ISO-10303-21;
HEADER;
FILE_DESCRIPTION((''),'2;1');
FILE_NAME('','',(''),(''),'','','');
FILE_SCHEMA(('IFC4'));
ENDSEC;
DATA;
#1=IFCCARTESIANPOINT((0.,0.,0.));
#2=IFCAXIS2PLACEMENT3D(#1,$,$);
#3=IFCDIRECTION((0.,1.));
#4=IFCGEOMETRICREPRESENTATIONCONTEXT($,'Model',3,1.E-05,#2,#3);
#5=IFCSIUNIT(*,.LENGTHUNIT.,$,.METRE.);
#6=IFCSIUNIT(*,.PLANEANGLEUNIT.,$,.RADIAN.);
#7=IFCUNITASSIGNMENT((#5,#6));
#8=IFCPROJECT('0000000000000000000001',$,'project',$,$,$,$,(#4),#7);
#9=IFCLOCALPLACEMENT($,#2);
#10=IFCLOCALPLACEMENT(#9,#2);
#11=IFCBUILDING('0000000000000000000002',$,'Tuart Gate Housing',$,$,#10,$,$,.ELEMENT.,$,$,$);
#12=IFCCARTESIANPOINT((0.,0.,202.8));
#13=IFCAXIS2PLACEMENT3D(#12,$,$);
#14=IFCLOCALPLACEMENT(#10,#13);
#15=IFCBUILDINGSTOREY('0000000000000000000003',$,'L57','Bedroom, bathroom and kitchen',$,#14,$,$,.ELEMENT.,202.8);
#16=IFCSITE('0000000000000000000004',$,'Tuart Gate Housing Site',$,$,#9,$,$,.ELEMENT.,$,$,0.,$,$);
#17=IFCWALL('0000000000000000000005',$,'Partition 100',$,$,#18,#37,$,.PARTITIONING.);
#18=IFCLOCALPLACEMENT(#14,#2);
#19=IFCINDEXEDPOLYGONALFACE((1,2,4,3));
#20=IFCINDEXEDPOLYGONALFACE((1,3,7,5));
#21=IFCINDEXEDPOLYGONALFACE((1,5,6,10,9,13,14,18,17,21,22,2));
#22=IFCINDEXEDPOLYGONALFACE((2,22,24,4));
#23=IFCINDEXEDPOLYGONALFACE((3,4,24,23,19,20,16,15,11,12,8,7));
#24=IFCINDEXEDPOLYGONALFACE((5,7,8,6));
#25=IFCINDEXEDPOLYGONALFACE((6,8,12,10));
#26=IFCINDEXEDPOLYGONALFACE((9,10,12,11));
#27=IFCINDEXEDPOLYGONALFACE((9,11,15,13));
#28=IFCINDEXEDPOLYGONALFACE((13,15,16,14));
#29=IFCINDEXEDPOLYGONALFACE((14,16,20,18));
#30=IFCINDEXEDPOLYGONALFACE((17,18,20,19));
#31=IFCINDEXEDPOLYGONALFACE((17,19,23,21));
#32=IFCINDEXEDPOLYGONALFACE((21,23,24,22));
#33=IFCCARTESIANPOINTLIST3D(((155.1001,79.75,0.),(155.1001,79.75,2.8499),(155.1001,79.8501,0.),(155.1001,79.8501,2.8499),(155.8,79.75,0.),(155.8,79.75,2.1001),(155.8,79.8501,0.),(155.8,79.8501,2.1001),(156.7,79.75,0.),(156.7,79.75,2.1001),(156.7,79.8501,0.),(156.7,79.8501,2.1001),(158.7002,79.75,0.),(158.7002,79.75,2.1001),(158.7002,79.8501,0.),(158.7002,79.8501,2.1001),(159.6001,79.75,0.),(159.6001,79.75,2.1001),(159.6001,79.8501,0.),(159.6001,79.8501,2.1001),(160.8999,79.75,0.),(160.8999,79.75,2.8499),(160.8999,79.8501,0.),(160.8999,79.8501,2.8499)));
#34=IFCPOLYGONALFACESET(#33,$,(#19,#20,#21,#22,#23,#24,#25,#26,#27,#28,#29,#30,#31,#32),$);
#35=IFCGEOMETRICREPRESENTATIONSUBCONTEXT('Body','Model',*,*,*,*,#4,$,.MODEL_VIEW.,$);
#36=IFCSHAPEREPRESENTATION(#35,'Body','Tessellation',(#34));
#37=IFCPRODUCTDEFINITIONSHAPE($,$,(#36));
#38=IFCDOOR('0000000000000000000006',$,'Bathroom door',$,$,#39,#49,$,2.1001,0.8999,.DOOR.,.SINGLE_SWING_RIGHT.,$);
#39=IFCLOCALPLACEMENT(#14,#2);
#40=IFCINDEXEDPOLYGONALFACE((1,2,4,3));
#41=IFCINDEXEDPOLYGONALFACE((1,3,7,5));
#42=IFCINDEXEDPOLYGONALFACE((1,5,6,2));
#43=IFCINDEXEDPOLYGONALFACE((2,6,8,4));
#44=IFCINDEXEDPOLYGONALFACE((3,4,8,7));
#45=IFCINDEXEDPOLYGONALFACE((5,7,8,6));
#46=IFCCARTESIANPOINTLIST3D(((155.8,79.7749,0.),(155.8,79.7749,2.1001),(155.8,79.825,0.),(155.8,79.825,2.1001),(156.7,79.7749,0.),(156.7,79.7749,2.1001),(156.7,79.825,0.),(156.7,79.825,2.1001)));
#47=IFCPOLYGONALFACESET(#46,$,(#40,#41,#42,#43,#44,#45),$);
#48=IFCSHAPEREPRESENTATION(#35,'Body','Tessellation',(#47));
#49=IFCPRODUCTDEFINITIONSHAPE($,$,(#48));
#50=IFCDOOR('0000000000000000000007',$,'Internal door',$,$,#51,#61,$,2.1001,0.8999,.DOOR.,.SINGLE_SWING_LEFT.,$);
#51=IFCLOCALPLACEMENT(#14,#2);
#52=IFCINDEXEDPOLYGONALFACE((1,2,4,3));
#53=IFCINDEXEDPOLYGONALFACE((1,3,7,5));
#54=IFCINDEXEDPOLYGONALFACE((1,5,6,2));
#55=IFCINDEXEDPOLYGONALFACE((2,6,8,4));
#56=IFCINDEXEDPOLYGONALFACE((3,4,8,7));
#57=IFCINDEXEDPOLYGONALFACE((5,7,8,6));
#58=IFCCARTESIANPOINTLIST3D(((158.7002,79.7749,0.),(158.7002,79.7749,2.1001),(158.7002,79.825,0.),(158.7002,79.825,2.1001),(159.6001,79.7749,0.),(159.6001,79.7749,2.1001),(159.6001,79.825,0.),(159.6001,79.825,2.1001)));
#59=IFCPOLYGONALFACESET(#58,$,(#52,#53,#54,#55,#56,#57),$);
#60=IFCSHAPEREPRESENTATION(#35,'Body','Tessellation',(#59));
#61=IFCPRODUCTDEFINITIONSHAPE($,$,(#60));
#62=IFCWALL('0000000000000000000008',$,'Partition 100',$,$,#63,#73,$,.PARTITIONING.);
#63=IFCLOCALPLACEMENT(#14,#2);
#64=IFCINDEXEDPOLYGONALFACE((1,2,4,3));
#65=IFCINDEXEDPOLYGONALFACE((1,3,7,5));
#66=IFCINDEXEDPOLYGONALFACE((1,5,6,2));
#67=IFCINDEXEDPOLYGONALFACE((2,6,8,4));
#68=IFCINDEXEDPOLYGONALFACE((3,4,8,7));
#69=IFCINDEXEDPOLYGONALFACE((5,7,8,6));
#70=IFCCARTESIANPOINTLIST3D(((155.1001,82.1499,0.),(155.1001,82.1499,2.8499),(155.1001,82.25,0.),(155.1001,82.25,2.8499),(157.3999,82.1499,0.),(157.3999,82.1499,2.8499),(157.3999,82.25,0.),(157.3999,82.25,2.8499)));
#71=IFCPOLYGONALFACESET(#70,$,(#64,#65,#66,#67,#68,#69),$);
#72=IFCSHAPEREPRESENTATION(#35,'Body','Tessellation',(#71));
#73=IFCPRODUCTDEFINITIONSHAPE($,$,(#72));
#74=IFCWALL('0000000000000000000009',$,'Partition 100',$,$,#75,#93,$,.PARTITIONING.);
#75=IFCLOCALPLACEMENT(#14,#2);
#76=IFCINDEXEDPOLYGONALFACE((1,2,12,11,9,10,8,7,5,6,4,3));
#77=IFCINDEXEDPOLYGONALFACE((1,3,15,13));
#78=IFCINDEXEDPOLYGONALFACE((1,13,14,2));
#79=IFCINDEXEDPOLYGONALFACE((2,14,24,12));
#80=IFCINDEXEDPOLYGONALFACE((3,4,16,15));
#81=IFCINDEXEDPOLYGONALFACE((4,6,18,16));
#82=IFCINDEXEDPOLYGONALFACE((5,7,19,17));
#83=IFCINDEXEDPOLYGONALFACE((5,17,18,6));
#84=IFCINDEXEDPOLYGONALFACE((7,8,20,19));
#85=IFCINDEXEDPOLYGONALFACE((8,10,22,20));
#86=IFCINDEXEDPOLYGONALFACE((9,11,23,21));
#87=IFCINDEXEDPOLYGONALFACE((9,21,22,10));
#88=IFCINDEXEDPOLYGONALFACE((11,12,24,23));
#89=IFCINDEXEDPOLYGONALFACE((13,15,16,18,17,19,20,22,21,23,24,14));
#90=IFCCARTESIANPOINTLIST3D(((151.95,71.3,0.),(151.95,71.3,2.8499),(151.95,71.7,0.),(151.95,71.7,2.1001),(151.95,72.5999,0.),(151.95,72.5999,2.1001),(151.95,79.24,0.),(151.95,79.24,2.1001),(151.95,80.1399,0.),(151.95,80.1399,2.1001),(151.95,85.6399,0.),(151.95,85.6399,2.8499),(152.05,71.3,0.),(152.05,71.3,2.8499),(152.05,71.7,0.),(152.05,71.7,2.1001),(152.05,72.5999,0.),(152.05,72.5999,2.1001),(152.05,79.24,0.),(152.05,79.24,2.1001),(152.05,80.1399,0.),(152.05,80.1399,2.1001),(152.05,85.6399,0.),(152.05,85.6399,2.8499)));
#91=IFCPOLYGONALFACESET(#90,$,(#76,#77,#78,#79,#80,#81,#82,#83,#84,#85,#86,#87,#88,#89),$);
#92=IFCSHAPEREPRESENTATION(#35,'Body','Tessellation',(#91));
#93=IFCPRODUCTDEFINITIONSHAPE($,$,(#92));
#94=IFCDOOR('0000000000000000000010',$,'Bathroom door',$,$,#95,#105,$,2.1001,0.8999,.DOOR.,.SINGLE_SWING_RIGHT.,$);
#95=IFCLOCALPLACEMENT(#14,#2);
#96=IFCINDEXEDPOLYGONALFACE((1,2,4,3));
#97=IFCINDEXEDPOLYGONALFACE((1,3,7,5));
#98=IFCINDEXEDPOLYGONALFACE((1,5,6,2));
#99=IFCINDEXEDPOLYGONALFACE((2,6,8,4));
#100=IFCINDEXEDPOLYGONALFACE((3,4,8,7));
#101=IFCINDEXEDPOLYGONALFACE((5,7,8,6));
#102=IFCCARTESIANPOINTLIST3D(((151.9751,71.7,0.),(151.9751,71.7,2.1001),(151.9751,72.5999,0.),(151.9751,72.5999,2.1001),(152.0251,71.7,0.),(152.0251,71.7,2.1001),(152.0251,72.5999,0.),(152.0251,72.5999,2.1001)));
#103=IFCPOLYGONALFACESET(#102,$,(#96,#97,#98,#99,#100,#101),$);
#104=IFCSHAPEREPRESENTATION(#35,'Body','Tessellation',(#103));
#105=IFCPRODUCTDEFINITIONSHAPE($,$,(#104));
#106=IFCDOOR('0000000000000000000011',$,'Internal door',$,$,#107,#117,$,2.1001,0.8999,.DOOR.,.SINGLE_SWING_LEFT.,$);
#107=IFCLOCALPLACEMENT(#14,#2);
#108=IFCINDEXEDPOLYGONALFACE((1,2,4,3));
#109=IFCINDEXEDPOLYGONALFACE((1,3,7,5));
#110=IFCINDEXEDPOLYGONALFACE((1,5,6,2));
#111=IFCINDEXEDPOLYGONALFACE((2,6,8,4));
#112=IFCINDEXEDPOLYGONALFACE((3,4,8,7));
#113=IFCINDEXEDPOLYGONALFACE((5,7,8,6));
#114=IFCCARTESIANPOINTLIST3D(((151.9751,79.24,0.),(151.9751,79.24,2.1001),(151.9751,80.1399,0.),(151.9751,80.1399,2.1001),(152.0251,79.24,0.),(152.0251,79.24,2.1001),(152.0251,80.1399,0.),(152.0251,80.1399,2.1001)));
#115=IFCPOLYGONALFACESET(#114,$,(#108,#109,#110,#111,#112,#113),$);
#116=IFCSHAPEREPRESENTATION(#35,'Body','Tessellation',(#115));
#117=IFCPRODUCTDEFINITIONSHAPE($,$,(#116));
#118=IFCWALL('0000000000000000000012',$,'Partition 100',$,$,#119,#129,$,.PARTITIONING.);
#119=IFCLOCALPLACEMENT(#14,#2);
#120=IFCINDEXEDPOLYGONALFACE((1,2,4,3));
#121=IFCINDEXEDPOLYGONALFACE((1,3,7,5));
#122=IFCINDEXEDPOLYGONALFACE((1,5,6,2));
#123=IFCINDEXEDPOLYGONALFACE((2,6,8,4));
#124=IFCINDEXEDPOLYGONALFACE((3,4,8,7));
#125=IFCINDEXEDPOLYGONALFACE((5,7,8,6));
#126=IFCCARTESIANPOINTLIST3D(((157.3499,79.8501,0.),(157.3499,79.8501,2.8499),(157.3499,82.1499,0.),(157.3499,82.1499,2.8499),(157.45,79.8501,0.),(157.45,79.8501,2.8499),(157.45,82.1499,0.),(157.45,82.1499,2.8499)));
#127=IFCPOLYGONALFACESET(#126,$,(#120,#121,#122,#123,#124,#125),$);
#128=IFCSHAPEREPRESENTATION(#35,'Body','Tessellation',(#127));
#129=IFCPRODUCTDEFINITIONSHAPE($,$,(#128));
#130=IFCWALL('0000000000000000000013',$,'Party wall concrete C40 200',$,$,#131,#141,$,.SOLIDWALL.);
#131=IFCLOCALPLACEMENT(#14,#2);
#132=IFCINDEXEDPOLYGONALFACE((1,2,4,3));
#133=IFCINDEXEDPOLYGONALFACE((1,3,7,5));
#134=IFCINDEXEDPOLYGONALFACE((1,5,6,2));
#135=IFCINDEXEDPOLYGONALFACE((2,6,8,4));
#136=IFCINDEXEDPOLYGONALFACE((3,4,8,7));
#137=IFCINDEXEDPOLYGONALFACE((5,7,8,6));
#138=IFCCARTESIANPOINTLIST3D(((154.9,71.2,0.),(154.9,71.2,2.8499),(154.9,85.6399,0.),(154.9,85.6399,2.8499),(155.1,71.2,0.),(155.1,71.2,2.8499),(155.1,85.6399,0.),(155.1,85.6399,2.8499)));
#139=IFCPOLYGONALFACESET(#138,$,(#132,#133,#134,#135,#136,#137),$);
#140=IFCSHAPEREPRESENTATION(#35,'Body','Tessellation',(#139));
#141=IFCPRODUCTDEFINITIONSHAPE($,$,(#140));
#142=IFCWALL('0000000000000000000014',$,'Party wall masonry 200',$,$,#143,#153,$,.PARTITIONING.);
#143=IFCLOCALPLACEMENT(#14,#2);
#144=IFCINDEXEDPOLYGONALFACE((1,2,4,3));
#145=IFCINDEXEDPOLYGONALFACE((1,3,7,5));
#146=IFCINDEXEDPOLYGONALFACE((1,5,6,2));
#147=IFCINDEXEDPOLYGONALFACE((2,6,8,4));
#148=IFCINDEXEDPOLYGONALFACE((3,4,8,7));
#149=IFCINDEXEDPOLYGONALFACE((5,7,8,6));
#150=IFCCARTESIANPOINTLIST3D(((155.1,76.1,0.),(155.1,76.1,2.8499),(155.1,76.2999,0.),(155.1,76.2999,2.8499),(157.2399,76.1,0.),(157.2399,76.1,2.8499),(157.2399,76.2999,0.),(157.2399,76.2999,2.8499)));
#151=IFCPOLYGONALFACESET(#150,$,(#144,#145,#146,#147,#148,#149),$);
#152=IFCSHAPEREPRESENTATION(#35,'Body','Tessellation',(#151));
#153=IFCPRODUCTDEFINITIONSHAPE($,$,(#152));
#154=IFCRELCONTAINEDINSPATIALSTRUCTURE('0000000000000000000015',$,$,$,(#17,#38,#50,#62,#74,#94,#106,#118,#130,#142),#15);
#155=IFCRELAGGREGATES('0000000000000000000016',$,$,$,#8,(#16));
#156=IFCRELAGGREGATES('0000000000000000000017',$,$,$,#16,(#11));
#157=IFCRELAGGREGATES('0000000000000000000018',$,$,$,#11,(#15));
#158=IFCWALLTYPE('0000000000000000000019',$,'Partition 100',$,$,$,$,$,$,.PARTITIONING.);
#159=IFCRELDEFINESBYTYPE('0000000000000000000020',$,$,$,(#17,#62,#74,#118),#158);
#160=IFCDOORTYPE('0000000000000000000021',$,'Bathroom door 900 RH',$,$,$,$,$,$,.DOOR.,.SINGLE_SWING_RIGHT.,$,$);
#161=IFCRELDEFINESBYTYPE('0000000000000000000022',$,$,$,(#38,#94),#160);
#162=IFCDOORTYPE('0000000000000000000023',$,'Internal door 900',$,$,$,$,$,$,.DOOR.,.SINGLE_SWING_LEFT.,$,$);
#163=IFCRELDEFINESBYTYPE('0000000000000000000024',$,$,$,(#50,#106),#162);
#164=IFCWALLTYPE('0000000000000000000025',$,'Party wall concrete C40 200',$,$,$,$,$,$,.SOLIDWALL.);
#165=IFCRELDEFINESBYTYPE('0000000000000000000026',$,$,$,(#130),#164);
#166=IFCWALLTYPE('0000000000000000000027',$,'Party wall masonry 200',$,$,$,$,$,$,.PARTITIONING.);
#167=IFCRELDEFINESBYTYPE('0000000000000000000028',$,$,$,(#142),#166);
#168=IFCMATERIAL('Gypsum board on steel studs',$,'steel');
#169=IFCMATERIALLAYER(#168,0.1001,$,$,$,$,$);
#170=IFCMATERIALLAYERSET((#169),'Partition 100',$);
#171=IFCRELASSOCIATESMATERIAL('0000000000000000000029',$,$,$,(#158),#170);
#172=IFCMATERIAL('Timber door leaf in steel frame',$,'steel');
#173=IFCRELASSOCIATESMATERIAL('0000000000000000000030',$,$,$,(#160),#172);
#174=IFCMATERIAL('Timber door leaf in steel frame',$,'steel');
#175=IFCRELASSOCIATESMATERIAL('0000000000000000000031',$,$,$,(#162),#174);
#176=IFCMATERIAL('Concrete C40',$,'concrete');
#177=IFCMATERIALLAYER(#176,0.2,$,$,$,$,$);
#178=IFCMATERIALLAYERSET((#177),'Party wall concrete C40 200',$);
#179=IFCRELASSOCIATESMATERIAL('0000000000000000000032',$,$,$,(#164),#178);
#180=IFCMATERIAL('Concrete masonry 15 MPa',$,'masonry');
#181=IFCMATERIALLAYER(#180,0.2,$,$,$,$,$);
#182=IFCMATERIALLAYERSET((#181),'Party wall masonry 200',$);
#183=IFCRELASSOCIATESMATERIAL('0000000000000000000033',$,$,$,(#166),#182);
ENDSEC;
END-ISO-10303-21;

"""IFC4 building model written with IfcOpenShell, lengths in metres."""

from ifc_helpers import new_model, si_unit, direction, frame, frame_2d, origin, place, context, subcontext, project, spatial, rectangle, extrude, material, layer, layer_set, type_object, element, fill, save


model = new_model("IFC4")

# Units and contexts
model_context = context("Model", 3, precision=1e-05, world=origin(), true_north=direction((0.0, 1.0)))
body_context = subcontext(model_context, "Body", "Model", "MODEL_VIEW")
ifc_project = project(units=[si_unit("LENGTHUNIT", "METRE"), si_unit("PLANEANGLEUNIT", "RADIAN")], contexts=[model_context])

# Site, building, storey
site_placement = place(None, origin())
site = spatial("IfcSite", under=ifc_project, at=site_placement, Name="Tuart Gate Housing Site", CompositionType="ELEMENT", RefElevation=0.0)
building_placement = place(site_placement, origin())
building = spatial("IfcBuilding", under=site, at=building_placement, Name="Tuart Gate Housing", CompositionType="ELEMENT")
storey_placement = place(building_placement, frame((0.0, 0.0, 202.8)))
storey = spatial("IfcBuildingStorey", under=building, at=storey_placement, Name="L57", Description="Bedroom, bathroom and kitchen", CompositionType="ELEMENT", Elevation=202.8)

# Shared definitions
ifc_material_1 = material(Name="Gypsum board on steel studs", Category="steel")
ifc_layer_1 = layer(ifc_material_1, 0.1001)
ifc_layer_set_1 = layer_set([ifc_layer_1], Name="Partition 100")
wall_type_1 = type_object("IfcWallType", Name="Partition 100", PredefinedType="PARTITIONING", material=ifc_layer_set_1)

# Wall, openings, doors
wall_1_placement = place(storey_placement, frame((155.1001, 79.8, 0.0), z_axis=(0.0, 0.0, 1.0), x_axis=(1.0, 0.0, 0.0)))
wall_1 = element("IfcWall", 1, at=wall_1_placement, inside=storey, type_object=wall_type_1, Name="Partition 100", PredefinedType="PARTITIONING", context=body_context, shape_type="SweptSolid", body=[
    extrude(rectangle(XDim=5.7998, YDim=0.1001, at=frame_2d((2.8999, 0.0))), origin(), (0.0, 0.0, 1.0), 2.8499),
])
opening_1_placement = place(wall_1_placement, frame((3.6001, 0.0, 0.0)))
opening_1 = element("IfcOpeningElement", 2, at=opening_1_placement, cuts=wall_1, PredefinedType="OPENING", context=body_context, shape_type="SweptSolid", body=[
    extrude(rectangle(XDim=0.8999, YDim=2.1001, at=frame_2d((0.45, 1.05))), frame((0.0, 0.0601, 0.0), z_axis=(0.0, -1.0, 0.0), x_axis=(1.0, 0.0, 0.0)), (0.0, 0.0, 1.0), 0.1201),
])
opening_2_placement = place(wall_1_placement, frame((0.7, 0.0, 0.0)))
opening_2 = element("IfcOpeningElement", 3, at=opening_2_placement, cuts=wall_1, PredefinedType="OPENING", context=body_context, shape_type="SweptSolid", body=[
    extrude(rectangle(XDim=0.8999, YDim=2.1001, at=frame_2d((0.45, 1.05))), frame((0.0, 0.0601, 0.0), z_axis=(0.0, -1.0, 0.0), x_axis=(1.0, 0.0, 0.0)), (0.0, 0.0, 1.0), 0.1201),
])
ifc_material_2 = material(Name="Timber door leaf in steel frame", Category="steel")
door_type_1 = type_object("IfcDoorType", Name="Bathroom door 900 RH", OperationType="SINGLE_SWING_RIGHT", PredefinedType="DOOR", material=ifc_material_2)
door_1_placement = place(opening_2_placement, origin())
door_1 = element("IfcDoor", 4, at=door_1_placement, inside=storey, type_object=door_type_1, Name="Bathroom door", OperationType="SINGLE_SWING_RIGHT", OverallHeight=2.1001, OverallWidth=0.8999, PredefinedType="DOOR", context=body_context, shape_type="SweptSolid", body=[
    extrude(rectangle(XDim=0.8999, YDim=2.1001, at=frame_2d((0.45, 1.05))), frame((0.0, 0.0249, 0.0), z_axis=(0.0, -1.0, 0.0), x_axis=(1.0, 0.0, 0.0)), (0.0, 0.0, 1.0), 0.05),
])
fill(opening_2, door_1)
ifc_material_3 = material(Name="Timber door leaf in steel frame", Category="steel")
door_type_2 = type_object("IfcDoorType", Name="Internal door 900", OperationType="SINGLE_SWING_LEFT", PredefinedType="DOOR", material=ifc_material_3)
door_2_placement = place(opening_1_placement, origin())
door_2 = element("IfcDoor", 5, at=door_2_placement, inside=storey, type_object=door_type_2, Name="Internal door", OperationType="SINGLE_SWING_LEFT", OverallHeight=2.1001, OverallWidth=0.8999, PredefinedType="DOOR", context=body_context, shape_type="SweptSolid", body=[
    extrude(rectangle(XDim=0.8999, YDim=2.1001, at=frame_2d((0.45, 1.05))), frame((0.0, 0.0249, 0.0), z_axis=(0.0, -1.0, 0.0), x_axis=(1.0, 0.0, 0.0)), (0.0, 0.0, 1.0), 0.05),
])
fill(opening_1, door_2)

# Wall
wall_2_placement = place(storey_placement, frame((155.1001, 82.2, 0.0), z_axis=(0.0, 0.0, 1.0), x_axis=(1.0, 0.0, 0.0)))
element("IfcWall", 6, at=wall_2_placement, inside=storey, type_object=wall_type_1, Name="Partition 100", PredefinedType="PARTITIONING", context=body_context, shape_type="SweptSolid", body=[
    extrude(rectangle(XDim=2.2998, YDim=0.1001, at=frame_2d((1.1499, 0.0))), origin(), (0.0, 0.0, 1.0), 2.8499),
])

# Wall, openings, doors
wall_3_placement = place(storey_placement, frame((152.0, 71.3, 0.0), z_axis=(0.0, 0.0, 1.0), x_axis=(0.0, 1.0, 0.0)))
wall_3 = element("IfcWall", 7, at=wall_3_placement, inside=storey, type_object=wall_type_1, Name="Partition 100", PredefinedType="PARTITIONING", context=body_context, shape_type="SweptSolid", body=[
    extrude(rectangle(XDim=14.3398, YDim=0.1001, at=frame_2d((7.1699, 0.0))), origin(), (0.0, 0.0, 1.0), 2.8499),
])
opening_3_placement = place(wall_3_placement, frame((7.9399, 0.0, 0.0)))
opening_3 = element("IfcOpeningElement", 8, at=opening_3_placement, cuts=wall_3, PredefinedType="OPENING", context=body_context, shape_type="SweptSolid", body=[
    extrude(rectangle(XDim=0.8999, YDim=2.1001, at=frame_2d((0.45, 1.05))), frame((0.0, 0.0601, 0.0), z_axis=(0.0, -1.0, 0.0), x_axis=(1.0, 0.0, 0.0)), (0.0, 0.0, 1.0), 0.1201),
])
opening_4_placement = place(wall_3_placement, frame((0.3999, 0.0, 0.0)))
opening_4 = element("IfcOpeningElement", 9, at=opening_4_placement, cuts=wall_3, PredefinedType="OPENING", context=body_context, shape_type="SweptSolid", body=[
    extrude(rectangle(XDim=0.8999, YDim=2.1001, at=frame_2d((0.45, 1.05))), frame((0.0, 0.0601, 0.0), z_axis=(0.0, -1.0, 0.0), x_axis=(1.0, 0.0, 0.0)), (0.0, 0.0, 1.0), 0.1201),
])
door_3_placement = place(opening_4_placement, frame((0.8999, 0.0, 0.0), z_axis=(0.0, 0.0, 1.0), x_axis=(-1.0, 0.0, 0.0)))
door_3 = element("IfcDoor", 10, at=door_3_placement, inside=storey, type_object=door_type_1, Name="Bathroom door", OperationType="SINGLE_SWING_RIGHT", OverallHeight=2.1001, OverallWidth=0.8999, PredefinedType="DOOR", context=body_context, shape_type="SweptSolid", body=[
    extrude(rectangle(XDim=0.8999, YDim=2.1001, at=frame_2d((0.45, 1.05))), frame((0.0, 0.0251, 0.0), z_axis=(0.0, -1.0, 0.0), x_axis=(1.0, 0.0, 0.0)), (0.0, 0.0, 1.0), 0.05),
])
fill(opening_4, door_3)
door_4_placement = place(opening_3_placement, frame((0.8999, 0.0, 0.0), z_axis=(0.0, 0.0, 1.0), x_axis=(-1.0, 0.0, 0.0)))
door_4 = element("IfcDoor", 11, at=door_4_placement, inside=storey, type_object=door_type_2, Name="Internal door", OperationType="SINGLE_SWING_LEFT", OverallHeight=2.1001, OverallWidth=0.8999, PredefinedType="DOOR", context=body_context, shape_type="SweptSolid", body=[
    extrude(rectangle(XDim=0.8999, YDim=2.1001, at=frame_2d((0.45, 1.05))), frame((0.0, 0.0251, 0.0), z_axis=(0.0, -1.0, 0.0), x_axis=(1.0, 0.0, 0.0)), (0.0, 0.0, 1.0), 0.05),
])
fill(opening_3, door_4)

# Walls
wall_4_placement = place(storey_placement, frame((157.3999, 79.8501, 0.0), z_axis=(0.0, 0.0, 1.0), x_axis=(0.0, 1.0, 0.0)))
element("IfcWall", 12, at=wall_4_placement, inside=storey, type_object=wall_type_1, Name="Partition 100", PredefinedType="PARTITIONING", context=body_context, shape_type="SweptSolid", body=[
    extrude(rectangle(XDim=2.2998, YDim=0.1001, at=frame_2d((1.1499, 0.0))), origin(), (0.0, 0.0, 1.0), 2.8499),
])
ifc_material_4 = material(Name="Concrete C40", Category="concrete")
ifc_layer_2 = layer(ifc_material_4, 0.2)
ifc_layer_set_2 = layer_set([ifc_layer_2], Name="Party wall concrete C40 200")
wall_type_2 = type_object("IfcWallType", Name="Party wall concrete C40 200", PredefinedType="SOLIDWALL", material=ifc_layer_set_2)
wall_5_placement = place(storey_placement, frame((155.0, 71.2, 0.0), z_axis=(0.0, 0.0, 1.0), x_axis=(0.0, 1.0, 0.0)))
element("IfcWall", 13, at=wall_5_placement, inside=storey, type_object=wall_type_2, Name="Party wall concrete C40 200", PredefinedType="SOLIDWALL", context=body_context, shape_type="SweptSolid", body=[
    extrude(rectangle(XDim=14.4399, YDim=0.2, at=frame_2d((7.22, 0.0))), origin(), (0.0, 0.0, 1.0), 2.8499),
])
ifc_material_5 = material(Name="Concrete masonry 15 MPa", Category="masonry")
ifc_layer_3 = layer(ifc_material_5, 0.2)
ifc_layer_set_3 = layer_set([ifc_layer_3], Name="Party wall masonry 200")
wall_type_3 = type_object("IfcWallType", Name="Party wall masonry 200", PredefinedType="PARTITIONING", material=ifc_layer_set_3)
wall_6_placement = place(storey_placement, frame((155.1001, 76.2, 0.0), z_axis=(0.0, 0.0, 1.0), x_axis=(1.0, 0.0, 0.0)))
element("IfcWall", 14, at=wall_6_placement, inside=storey, type_object=wall_type_3, Name="Party wall masonry 200", PredefinedType="PARTITIONING", context=body_context, shape_type="SweptSolid", body=[
    extrude(rectangle(XDim=2.1399, YDim=0.2, at=frame_2d((1.0698, 0.0))), origin(), (0.0, 0.0, 1.0), 2.8499),
])

save(model, "model.ifc")
